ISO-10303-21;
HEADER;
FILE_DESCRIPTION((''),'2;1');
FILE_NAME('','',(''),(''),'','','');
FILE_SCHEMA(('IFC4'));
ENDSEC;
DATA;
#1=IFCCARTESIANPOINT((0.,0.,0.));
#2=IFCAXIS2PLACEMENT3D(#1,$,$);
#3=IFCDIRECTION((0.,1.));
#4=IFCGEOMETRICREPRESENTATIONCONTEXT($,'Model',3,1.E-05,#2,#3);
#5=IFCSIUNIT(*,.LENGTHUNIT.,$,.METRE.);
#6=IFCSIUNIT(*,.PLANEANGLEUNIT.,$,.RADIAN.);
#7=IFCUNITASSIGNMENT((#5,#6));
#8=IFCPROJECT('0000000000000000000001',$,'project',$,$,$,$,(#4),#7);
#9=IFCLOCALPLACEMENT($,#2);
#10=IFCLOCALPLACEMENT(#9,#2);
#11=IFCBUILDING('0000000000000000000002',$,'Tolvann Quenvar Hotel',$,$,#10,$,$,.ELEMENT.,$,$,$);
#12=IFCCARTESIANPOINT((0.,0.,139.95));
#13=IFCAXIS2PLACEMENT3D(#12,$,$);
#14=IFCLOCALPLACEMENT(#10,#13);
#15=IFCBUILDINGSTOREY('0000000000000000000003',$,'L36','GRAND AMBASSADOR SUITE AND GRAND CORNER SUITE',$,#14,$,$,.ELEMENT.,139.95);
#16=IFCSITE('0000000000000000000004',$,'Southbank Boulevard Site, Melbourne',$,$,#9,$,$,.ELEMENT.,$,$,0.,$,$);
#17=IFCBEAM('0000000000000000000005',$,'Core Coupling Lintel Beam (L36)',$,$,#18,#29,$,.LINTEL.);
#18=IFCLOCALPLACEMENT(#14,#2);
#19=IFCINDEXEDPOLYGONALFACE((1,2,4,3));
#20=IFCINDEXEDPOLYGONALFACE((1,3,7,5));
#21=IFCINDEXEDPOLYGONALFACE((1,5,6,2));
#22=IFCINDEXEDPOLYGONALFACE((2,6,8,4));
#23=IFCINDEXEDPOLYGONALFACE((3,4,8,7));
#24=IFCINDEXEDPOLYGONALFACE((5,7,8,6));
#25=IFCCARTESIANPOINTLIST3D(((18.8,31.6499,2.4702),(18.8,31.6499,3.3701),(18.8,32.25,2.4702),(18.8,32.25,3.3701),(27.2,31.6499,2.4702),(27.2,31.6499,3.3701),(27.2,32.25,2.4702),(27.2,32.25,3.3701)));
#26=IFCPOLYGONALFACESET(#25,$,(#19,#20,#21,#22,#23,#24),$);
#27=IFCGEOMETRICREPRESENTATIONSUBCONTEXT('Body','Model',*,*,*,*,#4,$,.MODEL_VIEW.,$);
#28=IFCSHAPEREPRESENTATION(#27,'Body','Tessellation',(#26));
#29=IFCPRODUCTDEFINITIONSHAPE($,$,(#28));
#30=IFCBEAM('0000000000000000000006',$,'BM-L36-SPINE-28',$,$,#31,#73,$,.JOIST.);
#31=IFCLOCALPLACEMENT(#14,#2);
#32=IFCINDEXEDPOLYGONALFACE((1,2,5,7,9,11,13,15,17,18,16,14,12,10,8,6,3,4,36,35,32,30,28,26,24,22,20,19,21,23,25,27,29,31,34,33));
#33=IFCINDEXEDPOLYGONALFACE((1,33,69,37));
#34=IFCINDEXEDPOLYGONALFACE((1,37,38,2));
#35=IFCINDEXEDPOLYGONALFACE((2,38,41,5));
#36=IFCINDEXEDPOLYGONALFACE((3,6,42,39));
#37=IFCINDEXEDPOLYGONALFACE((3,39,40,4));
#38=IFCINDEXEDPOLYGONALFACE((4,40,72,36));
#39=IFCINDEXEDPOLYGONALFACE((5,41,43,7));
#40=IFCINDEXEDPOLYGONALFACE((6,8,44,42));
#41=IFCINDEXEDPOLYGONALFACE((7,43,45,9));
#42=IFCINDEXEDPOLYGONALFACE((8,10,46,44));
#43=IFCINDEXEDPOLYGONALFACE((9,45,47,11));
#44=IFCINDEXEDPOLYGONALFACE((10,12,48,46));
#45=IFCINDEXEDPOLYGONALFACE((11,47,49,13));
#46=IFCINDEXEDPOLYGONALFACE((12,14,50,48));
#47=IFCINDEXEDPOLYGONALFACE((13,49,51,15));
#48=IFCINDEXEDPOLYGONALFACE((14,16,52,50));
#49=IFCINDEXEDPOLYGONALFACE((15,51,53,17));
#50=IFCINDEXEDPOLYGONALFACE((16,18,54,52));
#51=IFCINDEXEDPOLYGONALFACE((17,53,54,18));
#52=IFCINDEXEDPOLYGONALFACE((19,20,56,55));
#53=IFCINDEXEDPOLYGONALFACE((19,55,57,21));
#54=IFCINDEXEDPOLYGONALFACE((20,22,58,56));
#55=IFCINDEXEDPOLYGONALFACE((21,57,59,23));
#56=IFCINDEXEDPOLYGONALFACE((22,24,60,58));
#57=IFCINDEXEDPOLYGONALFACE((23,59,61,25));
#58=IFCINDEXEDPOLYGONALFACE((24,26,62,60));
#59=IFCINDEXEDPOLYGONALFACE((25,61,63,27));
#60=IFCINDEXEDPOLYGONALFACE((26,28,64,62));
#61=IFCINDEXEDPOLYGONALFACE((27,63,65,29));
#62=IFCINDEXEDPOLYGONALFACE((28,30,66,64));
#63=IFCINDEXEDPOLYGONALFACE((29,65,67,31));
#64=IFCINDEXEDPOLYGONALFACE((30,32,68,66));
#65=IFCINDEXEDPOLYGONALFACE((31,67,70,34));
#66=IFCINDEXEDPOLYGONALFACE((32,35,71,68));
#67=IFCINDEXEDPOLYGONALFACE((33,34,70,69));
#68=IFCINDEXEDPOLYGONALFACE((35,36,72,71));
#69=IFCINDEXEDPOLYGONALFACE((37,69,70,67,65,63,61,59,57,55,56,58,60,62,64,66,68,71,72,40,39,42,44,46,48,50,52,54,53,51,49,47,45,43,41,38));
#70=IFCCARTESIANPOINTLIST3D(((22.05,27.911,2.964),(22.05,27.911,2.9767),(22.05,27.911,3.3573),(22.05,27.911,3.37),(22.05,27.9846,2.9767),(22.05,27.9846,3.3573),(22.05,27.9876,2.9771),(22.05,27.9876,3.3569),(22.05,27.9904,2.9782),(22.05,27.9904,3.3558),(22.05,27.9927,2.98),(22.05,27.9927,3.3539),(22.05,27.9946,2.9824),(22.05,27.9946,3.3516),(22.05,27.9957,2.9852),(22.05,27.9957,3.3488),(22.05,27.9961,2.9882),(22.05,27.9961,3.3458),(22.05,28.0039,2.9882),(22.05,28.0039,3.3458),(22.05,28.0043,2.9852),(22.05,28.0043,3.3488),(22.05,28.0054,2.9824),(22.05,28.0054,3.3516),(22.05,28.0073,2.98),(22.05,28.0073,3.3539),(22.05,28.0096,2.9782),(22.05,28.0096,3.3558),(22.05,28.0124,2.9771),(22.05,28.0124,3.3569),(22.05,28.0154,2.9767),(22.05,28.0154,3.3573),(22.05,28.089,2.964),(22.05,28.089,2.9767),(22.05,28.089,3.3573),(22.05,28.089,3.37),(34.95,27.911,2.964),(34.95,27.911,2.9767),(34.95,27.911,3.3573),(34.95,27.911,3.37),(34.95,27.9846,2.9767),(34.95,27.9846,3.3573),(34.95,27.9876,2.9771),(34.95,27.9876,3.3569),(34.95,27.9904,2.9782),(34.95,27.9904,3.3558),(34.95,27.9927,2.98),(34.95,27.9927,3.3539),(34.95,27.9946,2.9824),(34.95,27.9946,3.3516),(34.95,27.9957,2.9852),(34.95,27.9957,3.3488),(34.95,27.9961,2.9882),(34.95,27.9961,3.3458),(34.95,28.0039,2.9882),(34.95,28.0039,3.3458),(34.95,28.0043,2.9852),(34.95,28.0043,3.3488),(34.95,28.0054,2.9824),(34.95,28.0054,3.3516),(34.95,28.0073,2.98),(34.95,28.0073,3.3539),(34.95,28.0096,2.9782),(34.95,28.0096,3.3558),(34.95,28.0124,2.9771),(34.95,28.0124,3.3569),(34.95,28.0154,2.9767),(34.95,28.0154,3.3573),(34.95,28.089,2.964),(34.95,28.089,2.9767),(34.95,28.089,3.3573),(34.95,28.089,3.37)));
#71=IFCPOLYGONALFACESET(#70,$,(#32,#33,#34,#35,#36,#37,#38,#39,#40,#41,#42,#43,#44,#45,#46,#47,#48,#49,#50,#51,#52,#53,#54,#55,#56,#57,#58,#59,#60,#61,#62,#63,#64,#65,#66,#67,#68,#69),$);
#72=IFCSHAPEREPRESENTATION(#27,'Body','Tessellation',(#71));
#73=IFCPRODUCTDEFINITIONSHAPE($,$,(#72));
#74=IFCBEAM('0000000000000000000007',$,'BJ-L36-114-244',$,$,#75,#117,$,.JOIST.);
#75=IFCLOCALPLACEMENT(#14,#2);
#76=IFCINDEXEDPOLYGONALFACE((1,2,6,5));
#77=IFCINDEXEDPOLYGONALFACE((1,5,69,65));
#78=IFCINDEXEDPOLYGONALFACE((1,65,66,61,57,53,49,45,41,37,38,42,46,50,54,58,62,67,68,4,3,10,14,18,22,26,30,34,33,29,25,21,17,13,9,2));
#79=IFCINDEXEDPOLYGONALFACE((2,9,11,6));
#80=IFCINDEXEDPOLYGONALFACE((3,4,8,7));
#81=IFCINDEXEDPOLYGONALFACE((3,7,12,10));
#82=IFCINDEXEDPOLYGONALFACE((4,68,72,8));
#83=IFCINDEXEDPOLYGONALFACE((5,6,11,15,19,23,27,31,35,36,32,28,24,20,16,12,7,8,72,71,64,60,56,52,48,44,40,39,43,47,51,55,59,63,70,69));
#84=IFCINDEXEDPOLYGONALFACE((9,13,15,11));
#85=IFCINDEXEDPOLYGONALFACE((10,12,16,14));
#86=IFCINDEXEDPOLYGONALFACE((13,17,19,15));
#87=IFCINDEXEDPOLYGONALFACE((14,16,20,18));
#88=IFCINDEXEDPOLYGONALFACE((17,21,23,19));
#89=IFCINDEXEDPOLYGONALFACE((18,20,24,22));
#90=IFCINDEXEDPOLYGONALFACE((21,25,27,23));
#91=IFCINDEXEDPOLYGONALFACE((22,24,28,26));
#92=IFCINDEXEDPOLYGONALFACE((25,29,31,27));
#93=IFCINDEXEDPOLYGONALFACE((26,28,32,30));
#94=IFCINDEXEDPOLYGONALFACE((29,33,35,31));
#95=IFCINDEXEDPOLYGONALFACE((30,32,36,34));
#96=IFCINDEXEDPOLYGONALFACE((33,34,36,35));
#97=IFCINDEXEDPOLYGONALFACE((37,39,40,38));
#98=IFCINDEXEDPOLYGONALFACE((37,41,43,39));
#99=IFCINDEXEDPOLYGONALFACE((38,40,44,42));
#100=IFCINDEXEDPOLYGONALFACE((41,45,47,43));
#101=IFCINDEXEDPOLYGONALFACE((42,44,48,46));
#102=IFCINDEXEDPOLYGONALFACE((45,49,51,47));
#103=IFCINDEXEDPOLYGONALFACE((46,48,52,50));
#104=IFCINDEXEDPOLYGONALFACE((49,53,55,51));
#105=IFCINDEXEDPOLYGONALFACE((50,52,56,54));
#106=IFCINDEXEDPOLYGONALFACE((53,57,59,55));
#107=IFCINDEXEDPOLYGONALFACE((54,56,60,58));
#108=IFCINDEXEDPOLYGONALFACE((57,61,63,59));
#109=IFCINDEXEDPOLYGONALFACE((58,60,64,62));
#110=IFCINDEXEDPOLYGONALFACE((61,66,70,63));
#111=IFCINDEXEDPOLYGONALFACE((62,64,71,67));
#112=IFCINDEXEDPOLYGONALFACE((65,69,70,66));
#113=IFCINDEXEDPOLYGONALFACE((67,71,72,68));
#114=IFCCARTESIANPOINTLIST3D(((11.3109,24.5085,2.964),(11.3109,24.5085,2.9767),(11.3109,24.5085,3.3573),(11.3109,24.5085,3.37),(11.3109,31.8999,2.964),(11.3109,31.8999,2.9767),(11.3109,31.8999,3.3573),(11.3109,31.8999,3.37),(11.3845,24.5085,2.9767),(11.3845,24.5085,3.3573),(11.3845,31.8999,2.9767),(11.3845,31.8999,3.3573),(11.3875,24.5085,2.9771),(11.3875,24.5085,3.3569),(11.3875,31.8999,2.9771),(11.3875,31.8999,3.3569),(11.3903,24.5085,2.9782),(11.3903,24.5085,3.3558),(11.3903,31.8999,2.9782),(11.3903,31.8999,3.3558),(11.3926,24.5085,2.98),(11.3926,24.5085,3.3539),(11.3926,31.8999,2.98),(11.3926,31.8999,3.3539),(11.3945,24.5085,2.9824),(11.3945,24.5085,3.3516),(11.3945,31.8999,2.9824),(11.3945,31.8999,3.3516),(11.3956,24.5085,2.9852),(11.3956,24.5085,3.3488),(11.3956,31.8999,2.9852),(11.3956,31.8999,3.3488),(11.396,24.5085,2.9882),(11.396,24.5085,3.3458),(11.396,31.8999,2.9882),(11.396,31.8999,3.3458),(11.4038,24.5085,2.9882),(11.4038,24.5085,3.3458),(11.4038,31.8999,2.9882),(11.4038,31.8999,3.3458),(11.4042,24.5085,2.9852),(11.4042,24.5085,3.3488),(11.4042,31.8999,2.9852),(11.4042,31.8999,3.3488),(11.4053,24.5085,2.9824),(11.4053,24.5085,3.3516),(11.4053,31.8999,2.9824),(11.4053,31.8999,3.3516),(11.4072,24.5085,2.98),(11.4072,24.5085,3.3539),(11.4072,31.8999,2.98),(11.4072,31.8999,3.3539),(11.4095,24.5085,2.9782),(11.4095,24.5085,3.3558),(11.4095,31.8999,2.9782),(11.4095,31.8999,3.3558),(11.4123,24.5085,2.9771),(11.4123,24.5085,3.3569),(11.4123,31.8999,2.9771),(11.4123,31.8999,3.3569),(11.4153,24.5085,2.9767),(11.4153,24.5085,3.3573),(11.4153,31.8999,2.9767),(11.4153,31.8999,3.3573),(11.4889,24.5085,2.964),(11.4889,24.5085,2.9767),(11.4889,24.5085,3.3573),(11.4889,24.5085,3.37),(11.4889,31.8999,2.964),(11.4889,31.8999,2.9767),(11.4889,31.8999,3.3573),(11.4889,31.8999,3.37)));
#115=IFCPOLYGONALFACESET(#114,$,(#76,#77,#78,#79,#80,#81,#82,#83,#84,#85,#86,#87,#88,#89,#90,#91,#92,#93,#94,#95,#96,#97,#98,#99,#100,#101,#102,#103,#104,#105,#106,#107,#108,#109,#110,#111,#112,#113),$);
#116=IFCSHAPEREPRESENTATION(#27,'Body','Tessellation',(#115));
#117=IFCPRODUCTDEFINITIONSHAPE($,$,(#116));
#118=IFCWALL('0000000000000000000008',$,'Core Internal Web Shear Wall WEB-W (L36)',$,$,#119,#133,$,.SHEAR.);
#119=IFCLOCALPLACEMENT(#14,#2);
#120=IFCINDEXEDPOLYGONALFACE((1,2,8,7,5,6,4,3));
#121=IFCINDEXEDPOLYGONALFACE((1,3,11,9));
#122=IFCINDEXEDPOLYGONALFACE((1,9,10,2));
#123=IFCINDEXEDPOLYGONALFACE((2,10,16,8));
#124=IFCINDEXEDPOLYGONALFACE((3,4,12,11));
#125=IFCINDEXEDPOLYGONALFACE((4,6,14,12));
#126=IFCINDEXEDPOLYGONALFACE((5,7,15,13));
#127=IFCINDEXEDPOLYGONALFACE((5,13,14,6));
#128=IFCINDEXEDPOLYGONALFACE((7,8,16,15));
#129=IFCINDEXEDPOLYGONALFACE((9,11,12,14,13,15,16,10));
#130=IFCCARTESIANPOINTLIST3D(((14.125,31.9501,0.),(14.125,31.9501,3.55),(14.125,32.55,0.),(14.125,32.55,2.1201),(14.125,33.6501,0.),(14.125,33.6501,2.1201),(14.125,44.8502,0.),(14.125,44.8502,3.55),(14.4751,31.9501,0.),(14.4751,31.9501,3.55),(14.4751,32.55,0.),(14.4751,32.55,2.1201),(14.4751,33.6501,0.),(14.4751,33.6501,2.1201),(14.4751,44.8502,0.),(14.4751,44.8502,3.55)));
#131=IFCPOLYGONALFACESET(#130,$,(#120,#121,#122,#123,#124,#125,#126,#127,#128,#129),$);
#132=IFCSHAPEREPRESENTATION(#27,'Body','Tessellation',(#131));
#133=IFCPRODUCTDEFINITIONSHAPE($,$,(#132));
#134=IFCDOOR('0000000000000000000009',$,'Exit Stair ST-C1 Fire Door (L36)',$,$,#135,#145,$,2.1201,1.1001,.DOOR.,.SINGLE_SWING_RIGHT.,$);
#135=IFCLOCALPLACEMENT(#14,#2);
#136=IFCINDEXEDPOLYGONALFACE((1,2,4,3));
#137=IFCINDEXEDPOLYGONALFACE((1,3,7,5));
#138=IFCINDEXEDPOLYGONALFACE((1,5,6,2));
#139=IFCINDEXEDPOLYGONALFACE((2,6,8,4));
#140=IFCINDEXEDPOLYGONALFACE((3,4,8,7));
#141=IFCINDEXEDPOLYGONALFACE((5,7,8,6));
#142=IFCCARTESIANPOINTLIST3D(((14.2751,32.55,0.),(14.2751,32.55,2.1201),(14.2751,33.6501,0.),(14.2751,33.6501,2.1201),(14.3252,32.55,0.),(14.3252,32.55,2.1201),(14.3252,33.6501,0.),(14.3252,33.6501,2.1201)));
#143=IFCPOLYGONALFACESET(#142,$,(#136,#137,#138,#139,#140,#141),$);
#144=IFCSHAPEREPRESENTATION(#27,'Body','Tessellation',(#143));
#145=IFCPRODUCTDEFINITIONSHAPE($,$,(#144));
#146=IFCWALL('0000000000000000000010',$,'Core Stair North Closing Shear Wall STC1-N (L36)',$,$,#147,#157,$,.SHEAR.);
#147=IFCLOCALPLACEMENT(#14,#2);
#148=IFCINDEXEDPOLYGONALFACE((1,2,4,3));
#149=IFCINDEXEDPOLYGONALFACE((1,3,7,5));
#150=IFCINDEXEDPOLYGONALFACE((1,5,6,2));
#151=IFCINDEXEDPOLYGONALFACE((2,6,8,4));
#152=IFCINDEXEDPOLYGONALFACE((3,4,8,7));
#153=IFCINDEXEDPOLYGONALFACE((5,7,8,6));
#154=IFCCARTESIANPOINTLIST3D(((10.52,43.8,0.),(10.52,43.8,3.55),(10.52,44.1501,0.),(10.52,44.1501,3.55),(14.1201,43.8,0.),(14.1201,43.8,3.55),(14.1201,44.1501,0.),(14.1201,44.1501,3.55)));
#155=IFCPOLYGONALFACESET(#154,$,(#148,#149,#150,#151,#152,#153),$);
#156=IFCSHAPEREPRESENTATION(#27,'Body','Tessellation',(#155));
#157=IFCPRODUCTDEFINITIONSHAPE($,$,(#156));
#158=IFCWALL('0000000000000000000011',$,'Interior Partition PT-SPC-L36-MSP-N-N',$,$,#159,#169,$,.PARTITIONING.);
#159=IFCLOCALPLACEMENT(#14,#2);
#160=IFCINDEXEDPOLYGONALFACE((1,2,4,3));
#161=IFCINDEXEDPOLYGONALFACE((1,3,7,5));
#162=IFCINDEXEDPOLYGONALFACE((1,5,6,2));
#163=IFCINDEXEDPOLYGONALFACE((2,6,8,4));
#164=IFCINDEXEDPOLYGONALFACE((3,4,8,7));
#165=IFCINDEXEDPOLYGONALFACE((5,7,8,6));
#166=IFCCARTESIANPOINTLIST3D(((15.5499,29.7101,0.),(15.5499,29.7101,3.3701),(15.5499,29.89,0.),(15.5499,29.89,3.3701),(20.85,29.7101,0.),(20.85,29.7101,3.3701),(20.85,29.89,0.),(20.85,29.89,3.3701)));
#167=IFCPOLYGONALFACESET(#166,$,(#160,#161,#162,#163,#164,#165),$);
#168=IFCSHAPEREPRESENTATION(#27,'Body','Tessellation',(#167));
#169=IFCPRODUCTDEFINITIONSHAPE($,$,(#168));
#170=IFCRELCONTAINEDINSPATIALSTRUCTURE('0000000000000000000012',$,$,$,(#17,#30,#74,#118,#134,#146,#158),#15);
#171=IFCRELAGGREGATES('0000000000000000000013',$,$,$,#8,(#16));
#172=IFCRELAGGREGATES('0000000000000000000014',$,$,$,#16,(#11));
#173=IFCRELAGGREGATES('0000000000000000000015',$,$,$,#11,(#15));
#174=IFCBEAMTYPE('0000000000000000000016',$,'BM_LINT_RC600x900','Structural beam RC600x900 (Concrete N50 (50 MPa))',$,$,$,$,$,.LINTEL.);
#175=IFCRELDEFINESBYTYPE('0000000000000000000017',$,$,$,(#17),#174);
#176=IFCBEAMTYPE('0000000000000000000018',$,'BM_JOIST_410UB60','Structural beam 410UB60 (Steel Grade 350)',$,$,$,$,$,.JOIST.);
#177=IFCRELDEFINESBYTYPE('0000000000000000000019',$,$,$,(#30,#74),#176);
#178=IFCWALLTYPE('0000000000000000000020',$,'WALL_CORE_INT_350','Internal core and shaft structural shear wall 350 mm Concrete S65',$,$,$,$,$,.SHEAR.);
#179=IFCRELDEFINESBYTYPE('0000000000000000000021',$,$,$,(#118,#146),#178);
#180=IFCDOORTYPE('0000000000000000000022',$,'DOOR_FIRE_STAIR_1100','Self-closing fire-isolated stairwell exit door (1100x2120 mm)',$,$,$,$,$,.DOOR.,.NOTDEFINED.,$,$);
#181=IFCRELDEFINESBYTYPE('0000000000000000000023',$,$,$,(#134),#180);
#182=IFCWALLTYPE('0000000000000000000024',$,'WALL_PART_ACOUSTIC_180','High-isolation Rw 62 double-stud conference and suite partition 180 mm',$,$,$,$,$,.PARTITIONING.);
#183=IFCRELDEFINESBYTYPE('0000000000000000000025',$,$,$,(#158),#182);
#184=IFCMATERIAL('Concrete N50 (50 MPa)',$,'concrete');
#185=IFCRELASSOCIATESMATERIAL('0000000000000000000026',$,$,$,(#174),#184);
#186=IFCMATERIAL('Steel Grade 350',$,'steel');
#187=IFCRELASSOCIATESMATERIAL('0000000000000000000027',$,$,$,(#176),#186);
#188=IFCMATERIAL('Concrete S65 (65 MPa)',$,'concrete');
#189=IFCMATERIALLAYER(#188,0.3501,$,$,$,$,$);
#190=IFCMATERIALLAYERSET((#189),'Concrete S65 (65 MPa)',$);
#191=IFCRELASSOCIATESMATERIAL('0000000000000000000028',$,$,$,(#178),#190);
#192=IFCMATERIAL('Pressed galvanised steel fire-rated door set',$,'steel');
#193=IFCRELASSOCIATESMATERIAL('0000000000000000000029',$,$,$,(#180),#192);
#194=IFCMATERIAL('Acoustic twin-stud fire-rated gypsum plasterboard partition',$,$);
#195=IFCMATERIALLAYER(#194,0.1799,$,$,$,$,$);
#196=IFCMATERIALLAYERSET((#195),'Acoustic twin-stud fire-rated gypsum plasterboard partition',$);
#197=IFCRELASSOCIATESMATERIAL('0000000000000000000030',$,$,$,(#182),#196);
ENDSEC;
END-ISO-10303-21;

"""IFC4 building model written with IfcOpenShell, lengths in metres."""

from ifc_helpers import new_model, si_unit, direction, frame, frame_2d, origin, origin_2d, place, context, subcontext, project, spatial, rectangle, i_section, extrude, source, transform, mapped, material, layer, layer_set, material_profile, profile_set, type_object, type_shapes, element, fill, save


model = new_model("IFC4")

# Units and contexts
model_context = context("Model", 3, precision=1e-05, world=origin(), true_north=direction((0.0, 1.0)))
body_context = subcontext(model_context, "Body", "Model", "MODEL_VIEW")
ifc_project = project(units=[si_unit("LENGTHUNIT", "METRE"), si_unit("PLANEANGLEUNIT", "RADIAN")], contexts=[model_context])

# Site, building, storey
site_placement = place(None, origin())
site = spatial("IfcSite", under=ifc_project, at=site_placement, Name="Southbank Boulevard Site, Melbourne", CompositionType="ELEMENT", RefElevation=0.0)
building_placement = place(site_placement, origin())
building = spatial("IfcBuilding", under=site, at=building_placement, Name="Tolvann Quenvar Hotel", CompositionType="ELEMENT")
storey_placement = place(building_placement, frame((0.0, 0.0, 139.95)))
storey = spatial("IfcBuildingStorey", under=building, at=storey_placement, Name="L36", Description="GRAND AMBASSADOR SUITE AND GRAND CORNER SUITE", CompositionType="ELEMENT", Elevation=139.95)

# Beams
ifc_material_1 = material(Name="Concrete N50 (50 MPa)", Category="concrete")
ifc_material_profile_1 = material_profile(ifc_material_1, rectangle(XDim=0.6001, YDim=0.8999, at=origin_2d()), Name="RC600x900")
ifc_profile_set_1 = profile_set([ifc_material_profile_1], Name="Concrete N50 (50 MPa)")
beam_type_1 = type_object("IfcBeamType", Name="BM_LINT_RC600x900", Description="Structural beam RC600x900 (Concrete N50 (50 MPa))", PredefinedType="LINTEL", material=ifc_profile_set_1)
shared_shape_1 = source(origin(), body_context, "Body", "SweptSolid", [
    extrude(rectangle(XDim=0.6001, YDim=0.8999, at=origin_2d()), origin(), (0.0, 0.0, 1.0), 8.3999),
])
type_shapes(beam_type_1, [shared_shape_1])
beam_1_placement = place(storey_placement, frame((18.8, 31.95, 2.9202), z_axis=(1.0, 0.0, 0.0), x_axis=(0.0, 1.0, 0.0)))
element("IfcBeam", 1, at=beam_1_placement, inside=storey, type_object=beam_type_1, Name="Core Coupling Lintel Beam (L36)", PredefinedType="LINTEL", context=body_context, shape_type="MappedRepresentation", body=[
    mapped(shared_shape_1, transform((0.0, 0.0, 0.0), x_axis=(1.0, 0.0, 0.0), y_axis=(0.0, 1.0, 0.0), z_axis=(0.0, 0.0, 1.0), scale=1.0)),
])
ifc_material_2 = material(Name="Steel Grade 350", Category="steel")
ifc_material_profile_2 = material_profile(ifc_material_2, i_section(OverallWidth=0.178, OverallDepth=0.406, WebThickness=0.0078, FlangeThickness=0.0127, FilletRadius=0.0115, at=origin_2d()), Name="410UB60")
ifc_profile_set_2 = profile_set([ifc_material_profile_2], Name="Steel Grade 350")
beam_type_2 = type_object("IfcBeamType", Name="BM_JOIST_410UB60", Description="Structural beam 410UB60 (Steel Grade 350)", PredefinedType="JOIST", material=ifc_profile_set_2)
shared_shape_2 = source(origin(), body_context, "Body", "SweptSolid", [
    extrude(i_section(OverallWidth=0.178, OverallDepth=0.406, WebThickness=0.0078, FlangeThickness=0.0127, FilletRadius=0.0115, at=origin_2d()), origin(), (0.0, 0.0, 1.0), 12.8999),
])
beam_2_placement = place(storey_placement, frame((22.05, 28.0, 3.167), z_axis=(1.0, 0.0, 0.0), x_axis=(0.0, 1.0, 0.0)))
element("IfcBeam", 2, at=beam_2_placement, inside=storey, type_object=beam_type_2, Name="BM-L36-SPINE-28", PredefinedType="JOIST", context=body_context, shape_type="MappedRepresentation", body=[
    mapped(shared_shape_2, transform((0.0, 0.0, 0.0), x_axis=(1.0, 0.0, 0.0), y_axis=(0.0, 1.0, 0.0), z_axis=(0.0, 0.0, 1.0), scale=1.0)),
])
shared_shape_3 = source(origin(), body_context, "Body", "SweptSolid", [
    extrude(i_section(OverallWidth=0.178, OverallDepth=0.406, WebThickness=0.0078, FlangeThickness=0.0127, FilletRadius=0.0115, at=origin_2d()), origin(), (0.0, 0.0, 1.0), 7.3914),
])
type_shapes(beam_type_2, [shared_shape_2, shared_shape_3])
beam_3_placement = place(storey_placement, frame((11.3999, 24.5085, 3.167), z_axis=(0.0, 1.0, 0.0), x_axis=(-1.0, 0.0, 0.0)))
element("IfcBeam", 3, at=beam_3_placement, inside=storey, type_object=beam_type_2, Name="BJ-L36-114-244", PredefinedType="JOIST", context=body_context, shape_type="MappedRepresentation", body=[
    mapped(shared_shape_3, transform((0.0, 0.0, 0.0), x_axis=(1.0, 0.0, 0.0), y_axis=(0.0, 1.0, 0.0), z_axis=(0.0, 0.0, 1.0), scale=1.0)),
])

# Wall, opening, door
ifc_material_3 = material(Name="Concrete S65 (65 MPa)", Category="concrete")
ifc_layer_1 = layer(ifc_material_3, 0.3501)
ifc_layer_set_1 = layer_set([ifc_layer_1], Name="Concrete S65 (65 MPa)")
wall_type_1 = type_object("IfcWallType", Name="WALL_CORE_INT_350", Description="Internal core and shaft structural shear wall 350 mm Concrete S65", PredefinedType="SHEAR", material=ifc_layer_set_1)
wall_1_placement = place(storey_placement, frame((14.3, 31.95, 0.0), z_axis=(0.0, 0.0, 1.0), x_axis=(0.0, 1.0, 0.0)))
wall_1 = element("IfcWall", 4, at=wall_1_placement, inside=storey, type_object=wall_type_1, Name="Core Internal Web Shear Wall WEB-W (L36)", PredefinedType="SHEAR", context=body_context, shape_type="SweptSolid", body=[
    extrude(rectangle(XDim=12.9001, YDim=0.3501, at=frame_2d((6.4502, 0.0))), origin(), (0.0, 0.0, 1.0), 3.55),
])
opening_1_placement = place(wall_1_placement, frame((0.6001, 0.0, 0.0)))
opening_1 = element("IfcOpeningElement", 5, at=opening_1_placement, cuts=wall_1, PredefinedType="OPENING", context=body_context, shape_type="SweptSolid", body=[
    extrude(rectangle(XDim=1.1001, YDim=2.1201, at=frame_2d((0.55, 1.0601))), frame((0.0, 0.1851, 0.0), z_axis=(0.0, -1.0, 0.0), x_axis=(1.0, 0.0, 0.0)), (0.0, 0.0, 1.0), 0.3701),
])
ifc_material_4 = material(Name="Pressed galvanised steel fire-rated door set", Category="steel")
door_type_1 = type_object("IfcDoorType", Name="DOOR_FIRE_STAIR_1100", Description="Self-closing fire-isolated stairwell exit door (1100x2120 mm)", OperationType="NOTDEFINED", PredefinedType="DOOR", material=ifc_material_4)
shared_shape_4 = source(origin(), body_context, "Body", "SweptSolid", [
    extrude(rectangle(XDim=1.1001, YDim=2.1201, at=frame_2d((0.55, 1.0601))), frame((0.0, 0.0249, 0.0), z_axis=(0.0, -1.0, 0.0), x_axis=(1.0, 0.0, 0.0)), (0.0, 0.0, 1.0), 0.05),
])
type_shapes(door_type_1, [shared_shape_4])
door_1_placement = place(opening_1_placement, origin())
door_1 = element("IfcDoor", 6, at=door_1_placement, inside=storey, type_object=door_type_1, Name="Exit Stair ST-C1 Fire Door (L36)", OperationType="SINGLE_SWING_RIGHT", OverallHeight=2.1201, OverallWidth=1.1001, PredefinedType="DOOR", context=body_context, shape_type="MappedRepresentation", body=[
    mapped(shared_shape_4, transform((0.0, 0.0, 0.0), x_axis=(1.0, 0.0, 0.0), y_axis=(0.0, 1.0, 0.0), z_axis=(0.0, 0.0, 1.0), scale=1.0)),
])
fill(opening_1, door_1)

# Walls
wall_2_placement = place(storey_placement, frame((10.52, 43.9751, 0.0), z_axis=(0.0, 0.0, 1.0), x_axis=(1.0, 0.0, 0.0)))
element("IfcWall", 7, at=wall_2_placement, inside=storey, type_object=wall_type_1, Name="Core Stair North Closing Shear Wall STC1-N (L36)", PredefinedType="SHEAR", context=body_context, shape_type="SweptSolid", body=[
    extrude(rectangle(XDim=3.6001, YDim=0.3501, at=frame_2d((1.8, 0.0))), origin(), (0.0, 0.0, 1.0), 3.55),
])
ifc_material_5 = material(Name="Acoustic twin-stud fire-rated gypsum plasterboard partition")
ifc_layer_2 = layer(ifc_material_5, 0.1799)
ifc_layer_set_2 = layer_set([ifc_layer_2], Name="Acoustic twin-stud fire-rated gypsum plasterboard partition")
wall_type_2 = type_object("IfcWallType", Name="WALL_PART_ACOUSTIC_180", Description="High-isolation Rw 62 double-stud conference and suite partition 180 mm", PredefinedType="PARTITIONING", material=ifc_layer_set_2)
wall_3_placement = place(storey_placement, frame((15.55, 29.8, 0.0), z_axis=(0.0, 0.0, 1.0), x_axis=(1.0, 0.0, 0.0)))
element("IfcWall", 8, at=wall_3_placement, inside=storey, type_object=wall_type_2, Name="Interior Partition PT-SPC-L36-MSP-N-N", PredefinedType="PARTITIONING", context=body_context, shape_type="SweptSolid", body=[
    extrude(rectangle(XDim=5.3, YDim=0.1799, at=frame_2d((2.6499, 0.0))), origin(), (0.0, 0.0, 1.0), 3.3701),
])

save(model, "model.ifc")
